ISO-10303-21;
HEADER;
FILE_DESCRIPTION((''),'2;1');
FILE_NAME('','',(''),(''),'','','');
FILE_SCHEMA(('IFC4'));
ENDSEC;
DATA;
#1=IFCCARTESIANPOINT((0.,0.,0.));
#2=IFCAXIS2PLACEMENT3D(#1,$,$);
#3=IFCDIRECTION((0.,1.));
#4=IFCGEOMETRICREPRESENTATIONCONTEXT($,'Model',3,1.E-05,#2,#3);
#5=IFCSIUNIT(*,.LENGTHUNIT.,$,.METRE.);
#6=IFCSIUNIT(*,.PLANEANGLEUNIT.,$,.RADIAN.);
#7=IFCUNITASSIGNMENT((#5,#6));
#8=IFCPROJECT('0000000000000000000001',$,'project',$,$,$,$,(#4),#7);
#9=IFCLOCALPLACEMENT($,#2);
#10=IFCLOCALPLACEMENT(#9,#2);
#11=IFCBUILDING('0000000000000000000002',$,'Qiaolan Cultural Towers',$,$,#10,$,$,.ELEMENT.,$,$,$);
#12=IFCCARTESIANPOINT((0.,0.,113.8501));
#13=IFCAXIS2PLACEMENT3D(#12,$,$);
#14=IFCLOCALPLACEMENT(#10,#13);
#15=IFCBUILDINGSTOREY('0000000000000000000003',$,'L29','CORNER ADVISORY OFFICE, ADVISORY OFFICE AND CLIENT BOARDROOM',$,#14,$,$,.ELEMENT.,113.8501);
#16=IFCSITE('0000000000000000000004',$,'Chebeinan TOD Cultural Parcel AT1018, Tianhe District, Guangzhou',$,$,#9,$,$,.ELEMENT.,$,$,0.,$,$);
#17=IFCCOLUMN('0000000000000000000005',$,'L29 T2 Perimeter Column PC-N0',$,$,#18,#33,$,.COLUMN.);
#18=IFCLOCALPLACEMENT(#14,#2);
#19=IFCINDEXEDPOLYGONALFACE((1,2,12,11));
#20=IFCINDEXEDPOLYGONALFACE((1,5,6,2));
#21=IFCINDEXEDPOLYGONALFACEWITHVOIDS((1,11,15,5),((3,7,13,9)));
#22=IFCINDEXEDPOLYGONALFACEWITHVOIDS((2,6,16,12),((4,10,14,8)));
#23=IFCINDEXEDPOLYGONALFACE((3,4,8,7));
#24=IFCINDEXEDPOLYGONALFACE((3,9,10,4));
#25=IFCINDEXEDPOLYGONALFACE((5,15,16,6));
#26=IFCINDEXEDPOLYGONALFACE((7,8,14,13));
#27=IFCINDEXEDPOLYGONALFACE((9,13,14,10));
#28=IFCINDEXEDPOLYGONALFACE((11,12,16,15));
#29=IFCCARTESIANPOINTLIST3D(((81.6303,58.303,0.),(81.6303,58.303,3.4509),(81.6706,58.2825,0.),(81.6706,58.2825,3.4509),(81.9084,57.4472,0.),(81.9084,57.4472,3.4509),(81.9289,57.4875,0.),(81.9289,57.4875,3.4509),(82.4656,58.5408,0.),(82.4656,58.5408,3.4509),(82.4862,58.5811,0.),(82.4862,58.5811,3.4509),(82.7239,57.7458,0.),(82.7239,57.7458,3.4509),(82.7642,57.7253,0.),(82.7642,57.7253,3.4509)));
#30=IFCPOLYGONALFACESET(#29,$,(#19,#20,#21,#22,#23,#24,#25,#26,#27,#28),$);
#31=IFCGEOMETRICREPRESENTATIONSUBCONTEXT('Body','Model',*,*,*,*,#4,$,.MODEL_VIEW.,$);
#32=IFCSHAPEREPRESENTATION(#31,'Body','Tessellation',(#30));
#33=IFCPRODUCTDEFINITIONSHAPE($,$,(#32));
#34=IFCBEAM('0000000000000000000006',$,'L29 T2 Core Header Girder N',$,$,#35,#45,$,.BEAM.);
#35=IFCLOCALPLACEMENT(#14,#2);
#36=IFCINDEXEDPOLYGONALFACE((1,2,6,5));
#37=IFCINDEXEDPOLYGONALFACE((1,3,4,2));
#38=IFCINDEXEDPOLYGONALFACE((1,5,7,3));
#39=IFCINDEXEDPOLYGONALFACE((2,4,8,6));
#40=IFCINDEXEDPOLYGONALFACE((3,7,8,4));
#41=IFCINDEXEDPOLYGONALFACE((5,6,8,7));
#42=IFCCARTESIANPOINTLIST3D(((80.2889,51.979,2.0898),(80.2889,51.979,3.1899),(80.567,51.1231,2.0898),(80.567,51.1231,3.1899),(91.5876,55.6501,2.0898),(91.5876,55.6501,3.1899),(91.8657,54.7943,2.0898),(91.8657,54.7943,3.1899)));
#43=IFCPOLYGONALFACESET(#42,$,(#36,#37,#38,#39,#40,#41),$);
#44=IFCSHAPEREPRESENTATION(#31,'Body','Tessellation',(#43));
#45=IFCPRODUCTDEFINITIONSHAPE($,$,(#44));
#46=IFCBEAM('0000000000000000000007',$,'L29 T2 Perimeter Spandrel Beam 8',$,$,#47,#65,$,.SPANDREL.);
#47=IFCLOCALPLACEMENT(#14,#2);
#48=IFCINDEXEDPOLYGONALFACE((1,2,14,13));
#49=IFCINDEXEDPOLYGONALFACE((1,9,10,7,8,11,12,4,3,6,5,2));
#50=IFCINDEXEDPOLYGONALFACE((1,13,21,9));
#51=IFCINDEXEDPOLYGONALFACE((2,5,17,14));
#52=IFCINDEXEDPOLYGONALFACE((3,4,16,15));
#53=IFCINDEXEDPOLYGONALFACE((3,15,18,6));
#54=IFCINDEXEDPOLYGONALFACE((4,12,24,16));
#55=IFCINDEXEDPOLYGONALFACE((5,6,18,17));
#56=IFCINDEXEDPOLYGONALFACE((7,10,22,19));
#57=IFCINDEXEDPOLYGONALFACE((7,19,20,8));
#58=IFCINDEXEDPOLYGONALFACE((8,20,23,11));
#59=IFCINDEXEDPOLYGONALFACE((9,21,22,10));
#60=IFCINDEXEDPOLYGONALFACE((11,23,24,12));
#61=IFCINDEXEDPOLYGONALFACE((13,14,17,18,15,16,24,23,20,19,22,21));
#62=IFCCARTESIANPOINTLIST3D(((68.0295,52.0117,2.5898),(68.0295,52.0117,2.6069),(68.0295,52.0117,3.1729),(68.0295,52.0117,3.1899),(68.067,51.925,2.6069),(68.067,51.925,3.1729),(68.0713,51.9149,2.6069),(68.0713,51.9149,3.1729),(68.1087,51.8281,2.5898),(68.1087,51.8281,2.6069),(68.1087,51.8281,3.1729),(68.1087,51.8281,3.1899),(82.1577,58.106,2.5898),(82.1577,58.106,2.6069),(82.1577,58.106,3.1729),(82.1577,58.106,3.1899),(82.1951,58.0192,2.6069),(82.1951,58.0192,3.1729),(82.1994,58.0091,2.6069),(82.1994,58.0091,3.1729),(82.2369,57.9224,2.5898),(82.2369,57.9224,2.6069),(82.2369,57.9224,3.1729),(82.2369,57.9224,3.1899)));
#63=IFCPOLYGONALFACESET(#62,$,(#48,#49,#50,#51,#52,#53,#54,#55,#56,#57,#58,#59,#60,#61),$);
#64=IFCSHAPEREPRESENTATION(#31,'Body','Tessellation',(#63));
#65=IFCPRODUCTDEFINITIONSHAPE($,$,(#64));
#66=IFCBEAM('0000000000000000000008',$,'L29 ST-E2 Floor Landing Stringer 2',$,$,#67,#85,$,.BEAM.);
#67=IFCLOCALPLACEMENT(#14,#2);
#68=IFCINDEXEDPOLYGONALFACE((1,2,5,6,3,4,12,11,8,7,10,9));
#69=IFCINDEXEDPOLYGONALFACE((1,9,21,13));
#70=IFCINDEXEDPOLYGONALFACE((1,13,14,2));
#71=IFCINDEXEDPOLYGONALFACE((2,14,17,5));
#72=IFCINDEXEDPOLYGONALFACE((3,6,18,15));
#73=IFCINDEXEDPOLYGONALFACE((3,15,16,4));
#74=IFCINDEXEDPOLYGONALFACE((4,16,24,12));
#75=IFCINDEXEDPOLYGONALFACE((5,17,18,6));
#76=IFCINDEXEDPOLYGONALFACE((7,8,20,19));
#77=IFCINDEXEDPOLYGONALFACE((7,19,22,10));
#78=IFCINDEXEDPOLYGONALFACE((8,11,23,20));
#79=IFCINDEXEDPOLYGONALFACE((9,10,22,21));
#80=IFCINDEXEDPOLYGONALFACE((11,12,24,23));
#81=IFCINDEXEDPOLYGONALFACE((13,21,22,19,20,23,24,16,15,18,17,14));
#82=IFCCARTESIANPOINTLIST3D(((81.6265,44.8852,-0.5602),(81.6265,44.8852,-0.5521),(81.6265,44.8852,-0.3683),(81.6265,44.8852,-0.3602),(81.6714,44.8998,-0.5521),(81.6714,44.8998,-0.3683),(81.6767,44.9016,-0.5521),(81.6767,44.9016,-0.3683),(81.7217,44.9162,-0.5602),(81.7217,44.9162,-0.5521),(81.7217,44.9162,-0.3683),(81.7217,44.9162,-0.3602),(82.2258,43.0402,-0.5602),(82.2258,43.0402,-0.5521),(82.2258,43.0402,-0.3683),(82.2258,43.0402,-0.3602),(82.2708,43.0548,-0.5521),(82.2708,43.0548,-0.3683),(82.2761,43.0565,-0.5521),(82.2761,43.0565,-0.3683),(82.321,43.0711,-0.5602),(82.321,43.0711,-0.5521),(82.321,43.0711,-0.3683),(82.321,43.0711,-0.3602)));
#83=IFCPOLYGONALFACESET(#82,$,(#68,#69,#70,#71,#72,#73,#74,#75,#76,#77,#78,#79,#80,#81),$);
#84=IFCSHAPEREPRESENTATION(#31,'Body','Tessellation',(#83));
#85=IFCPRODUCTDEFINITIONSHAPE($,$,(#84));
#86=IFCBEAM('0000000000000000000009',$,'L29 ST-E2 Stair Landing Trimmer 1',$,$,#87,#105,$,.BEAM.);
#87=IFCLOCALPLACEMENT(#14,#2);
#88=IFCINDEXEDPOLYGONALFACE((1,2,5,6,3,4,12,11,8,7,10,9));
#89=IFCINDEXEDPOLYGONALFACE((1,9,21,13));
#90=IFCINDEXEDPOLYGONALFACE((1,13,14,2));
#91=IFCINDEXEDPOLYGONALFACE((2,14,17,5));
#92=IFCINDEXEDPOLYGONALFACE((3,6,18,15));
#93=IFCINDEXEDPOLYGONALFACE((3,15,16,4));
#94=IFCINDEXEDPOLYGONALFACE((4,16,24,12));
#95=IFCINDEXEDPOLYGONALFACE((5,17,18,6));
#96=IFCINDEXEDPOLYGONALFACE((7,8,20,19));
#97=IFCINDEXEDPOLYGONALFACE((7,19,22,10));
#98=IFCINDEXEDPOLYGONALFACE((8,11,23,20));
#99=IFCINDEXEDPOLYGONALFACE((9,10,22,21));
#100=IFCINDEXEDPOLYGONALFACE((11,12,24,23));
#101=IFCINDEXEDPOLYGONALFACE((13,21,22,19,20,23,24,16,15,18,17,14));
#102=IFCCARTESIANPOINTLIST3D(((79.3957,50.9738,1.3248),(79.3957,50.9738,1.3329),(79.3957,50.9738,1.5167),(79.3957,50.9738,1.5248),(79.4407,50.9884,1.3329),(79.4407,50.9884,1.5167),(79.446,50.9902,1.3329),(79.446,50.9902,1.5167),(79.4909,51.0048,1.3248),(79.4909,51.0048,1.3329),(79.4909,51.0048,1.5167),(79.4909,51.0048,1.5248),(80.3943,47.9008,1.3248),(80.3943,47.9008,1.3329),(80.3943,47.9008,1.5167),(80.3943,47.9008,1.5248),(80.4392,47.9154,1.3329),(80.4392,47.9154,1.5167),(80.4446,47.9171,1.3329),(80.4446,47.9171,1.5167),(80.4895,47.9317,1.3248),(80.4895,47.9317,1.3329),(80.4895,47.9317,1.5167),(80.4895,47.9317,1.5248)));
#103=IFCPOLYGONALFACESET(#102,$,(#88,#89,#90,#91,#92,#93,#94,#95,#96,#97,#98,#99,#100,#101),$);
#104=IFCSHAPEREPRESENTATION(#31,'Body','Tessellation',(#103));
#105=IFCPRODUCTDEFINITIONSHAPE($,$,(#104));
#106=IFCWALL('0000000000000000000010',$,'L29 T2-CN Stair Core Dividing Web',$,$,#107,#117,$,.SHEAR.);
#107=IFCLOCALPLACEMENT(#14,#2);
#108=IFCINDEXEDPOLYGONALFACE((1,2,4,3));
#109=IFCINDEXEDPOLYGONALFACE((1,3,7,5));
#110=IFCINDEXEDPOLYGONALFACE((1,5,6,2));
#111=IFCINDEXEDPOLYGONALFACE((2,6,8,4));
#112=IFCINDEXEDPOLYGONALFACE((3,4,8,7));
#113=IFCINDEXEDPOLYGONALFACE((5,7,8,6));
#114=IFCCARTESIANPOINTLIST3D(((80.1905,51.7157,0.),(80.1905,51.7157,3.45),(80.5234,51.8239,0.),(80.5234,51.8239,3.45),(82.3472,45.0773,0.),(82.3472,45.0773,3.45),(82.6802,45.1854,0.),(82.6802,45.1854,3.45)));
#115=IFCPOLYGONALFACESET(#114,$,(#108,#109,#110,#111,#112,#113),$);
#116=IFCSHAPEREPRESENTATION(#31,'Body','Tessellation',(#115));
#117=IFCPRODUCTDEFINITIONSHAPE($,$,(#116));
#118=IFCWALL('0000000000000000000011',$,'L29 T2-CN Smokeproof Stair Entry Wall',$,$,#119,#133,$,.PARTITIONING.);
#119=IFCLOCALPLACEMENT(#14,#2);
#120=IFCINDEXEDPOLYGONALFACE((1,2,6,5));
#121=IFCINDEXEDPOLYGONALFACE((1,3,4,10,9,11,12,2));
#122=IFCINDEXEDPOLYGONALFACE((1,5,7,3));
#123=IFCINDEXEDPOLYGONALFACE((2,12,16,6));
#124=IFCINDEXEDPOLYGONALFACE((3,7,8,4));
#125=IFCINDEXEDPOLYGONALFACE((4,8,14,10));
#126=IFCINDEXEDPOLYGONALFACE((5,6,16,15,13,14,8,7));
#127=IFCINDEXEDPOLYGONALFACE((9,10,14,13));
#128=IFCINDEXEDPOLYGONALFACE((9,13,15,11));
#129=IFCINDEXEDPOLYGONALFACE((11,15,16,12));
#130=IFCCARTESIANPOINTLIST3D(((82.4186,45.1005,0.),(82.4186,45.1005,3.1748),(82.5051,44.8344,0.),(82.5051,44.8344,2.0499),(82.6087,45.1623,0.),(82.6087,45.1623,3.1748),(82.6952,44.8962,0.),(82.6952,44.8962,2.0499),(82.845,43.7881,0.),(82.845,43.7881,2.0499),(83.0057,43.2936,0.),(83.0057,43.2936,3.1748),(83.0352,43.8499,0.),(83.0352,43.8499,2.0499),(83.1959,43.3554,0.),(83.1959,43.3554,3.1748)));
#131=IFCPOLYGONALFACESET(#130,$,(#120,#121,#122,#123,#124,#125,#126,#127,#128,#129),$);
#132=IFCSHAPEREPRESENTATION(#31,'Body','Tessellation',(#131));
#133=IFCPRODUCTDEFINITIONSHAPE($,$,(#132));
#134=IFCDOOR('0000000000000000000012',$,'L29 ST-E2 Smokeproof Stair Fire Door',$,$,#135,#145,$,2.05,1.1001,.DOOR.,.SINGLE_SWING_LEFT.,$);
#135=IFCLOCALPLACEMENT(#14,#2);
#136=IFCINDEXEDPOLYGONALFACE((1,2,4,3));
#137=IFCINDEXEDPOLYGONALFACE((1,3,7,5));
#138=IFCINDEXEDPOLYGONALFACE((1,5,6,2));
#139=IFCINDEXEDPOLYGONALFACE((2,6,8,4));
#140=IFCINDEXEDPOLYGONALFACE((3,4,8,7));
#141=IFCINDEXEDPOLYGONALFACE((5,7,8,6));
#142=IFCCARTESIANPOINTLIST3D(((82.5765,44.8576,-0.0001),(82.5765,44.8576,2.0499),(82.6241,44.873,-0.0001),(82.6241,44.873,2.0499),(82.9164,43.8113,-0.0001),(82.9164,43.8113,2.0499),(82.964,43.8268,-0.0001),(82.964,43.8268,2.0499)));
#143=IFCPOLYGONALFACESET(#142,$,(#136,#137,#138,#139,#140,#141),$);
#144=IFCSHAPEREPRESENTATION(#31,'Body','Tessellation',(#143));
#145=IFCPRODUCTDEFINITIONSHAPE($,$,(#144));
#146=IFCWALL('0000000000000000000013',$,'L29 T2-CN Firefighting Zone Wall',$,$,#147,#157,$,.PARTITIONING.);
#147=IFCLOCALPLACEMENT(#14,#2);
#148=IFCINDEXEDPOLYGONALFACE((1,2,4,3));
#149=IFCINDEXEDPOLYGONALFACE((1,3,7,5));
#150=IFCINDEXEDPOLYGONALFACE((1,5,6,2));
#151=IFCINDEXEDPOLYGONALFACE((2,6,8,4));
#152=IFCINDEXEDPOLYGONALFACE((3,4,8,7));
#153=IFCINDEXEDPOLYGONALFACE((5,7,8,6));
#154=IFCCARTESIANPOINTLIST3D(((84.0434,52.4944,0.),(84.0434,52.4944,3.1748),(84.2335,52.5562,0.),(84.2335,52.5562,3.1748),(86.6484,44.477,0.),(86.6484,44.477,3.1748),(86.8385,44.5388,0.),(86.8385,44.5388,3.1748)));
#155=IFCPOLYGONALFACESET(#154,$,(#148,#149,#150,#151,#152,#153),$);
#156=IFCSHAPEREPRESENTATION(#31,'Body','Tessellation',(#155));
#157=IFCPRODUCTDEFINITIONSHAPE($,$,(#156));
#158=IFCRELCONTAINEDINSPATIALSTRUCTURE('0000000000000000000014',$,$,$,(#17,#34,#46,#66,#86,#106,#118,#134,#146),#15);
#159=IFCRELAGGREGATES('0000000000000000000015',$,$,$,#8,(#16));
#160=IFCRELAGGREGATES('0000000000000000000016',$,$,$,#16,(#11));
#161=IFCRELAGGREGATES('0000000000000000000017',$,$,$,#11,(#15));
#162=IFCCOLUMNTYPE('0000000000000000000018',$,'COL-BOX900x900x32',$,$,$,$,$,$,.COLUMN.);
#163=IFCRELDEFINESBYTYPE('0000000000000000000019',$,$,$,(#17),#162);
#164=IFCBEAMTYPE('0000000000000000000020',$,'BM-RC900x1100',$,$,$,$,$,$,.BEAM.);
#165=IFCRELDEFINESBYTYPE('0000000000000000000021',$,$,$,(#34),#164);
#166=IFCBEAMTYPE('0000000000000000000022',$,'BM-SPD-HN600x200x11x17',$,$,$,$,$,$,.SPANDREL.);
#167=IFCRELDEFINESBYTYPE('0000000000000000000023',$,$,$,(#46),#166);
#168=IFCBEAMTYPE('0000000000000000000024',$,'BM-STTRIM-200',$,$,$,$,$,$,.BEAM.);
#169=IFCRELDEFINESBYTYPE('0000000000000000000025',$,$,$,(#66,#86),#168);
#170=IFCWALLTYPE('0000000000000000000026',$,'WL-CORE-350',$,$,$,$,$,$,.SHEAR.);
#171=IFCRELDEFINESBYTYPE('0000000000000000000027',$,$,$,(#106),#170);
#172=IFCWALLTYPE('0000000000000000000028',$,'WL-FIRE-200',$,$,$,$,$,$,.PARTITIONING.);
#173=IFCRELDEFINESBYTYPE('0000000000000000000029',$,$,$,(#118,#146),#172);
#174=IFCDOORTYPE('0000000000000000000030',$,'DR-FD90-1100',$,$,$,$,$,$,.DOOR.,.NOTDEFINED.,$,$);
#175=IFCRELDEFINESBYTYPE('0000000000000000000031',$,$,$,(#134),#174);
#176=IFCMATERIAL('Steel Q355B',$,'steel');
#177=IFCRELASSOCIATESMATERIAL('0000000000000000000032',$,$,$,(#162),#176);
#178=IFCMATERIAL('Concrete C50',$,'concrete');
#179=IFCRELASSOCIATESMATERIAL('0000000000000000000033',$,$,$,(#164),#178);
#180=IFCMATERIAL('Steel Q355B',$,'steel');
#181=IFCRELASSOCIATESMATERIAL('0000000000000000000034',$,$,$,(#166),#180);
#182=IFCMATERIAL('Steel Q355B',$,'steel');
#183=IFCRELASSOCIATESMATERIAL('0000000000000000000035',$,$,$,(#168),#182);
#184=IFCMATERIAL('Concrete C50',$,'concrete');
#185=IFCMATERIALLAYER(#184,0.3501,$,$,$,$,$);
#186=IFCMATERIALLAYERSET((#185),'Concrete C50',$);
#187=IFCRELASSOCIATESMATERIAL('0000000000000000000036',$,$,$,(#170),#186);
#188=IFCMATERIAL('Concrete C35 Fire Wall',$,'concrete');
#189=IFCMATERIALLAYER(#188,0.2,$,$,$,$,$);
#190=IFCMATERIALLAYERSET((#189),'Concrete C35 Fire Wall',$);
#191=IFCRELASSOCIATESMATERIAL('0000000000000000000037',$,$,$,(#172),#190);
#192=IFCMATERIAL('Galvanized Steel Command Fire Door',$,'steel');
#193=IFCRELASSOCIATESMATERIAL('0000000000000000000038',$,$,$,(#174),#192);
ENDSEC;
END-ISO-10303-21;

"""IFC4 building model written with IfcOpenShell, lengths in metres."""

from ifc_helpers import new_model, si_unit, direction, frame, frame_2d, origin, origin_2d, place, context, subcontext, project, spatial, rectangle, hollow_rectangle, i_section, extrude, material, layer, layer_set, material_profile, profile_set, type_object, element, fill, save


model = new_model("IFC4")

# Units and contexts
model_context = context("Model", 3, precision=1e-05, world=origin(), true_north=direction((0.0, 1.0)))
body_context = subcontext(model_context, "Body", "Model", "MODEL_VIEW")
ifc_project = project(units=[si_unit("LENGTHUNIT", "METRE"), si_unit("PLANEANGLEUNIT", "RADIAN")], contexts=[model_context])

# Site, building, storey
site_placement = place(None, origin())
site = spatial("IfcSite", under=ifc_project, at=site_placement, Name="Chebeinan TOD Cultural Parcel AT1018, Tianhe District, Guangzhou", CompositionType="ELEMENT", RefElevation=0.0)
building_placement = place(site_placement, origin())
building = spatial("IfcBuilding", under=site, at=building_placement, Name="Qiaolan Cultural Towers", CompositionType="ELEMENT")
storey_placement = place(building_placement, frame((0.0, 0.0, 113.8501)))
storey = spatial("IfcBuildingStorey", under=building, at=storey_placement, Name="L29", Description="CORNER ADVISORY OFFICE, ADVISORY OFFICE AND CLIENT BOARDROOM", CompositionType="ELEMENT", Elevation=113.8501)

# Column
ifc_material_1 = material(Name="Steel Q355B", Category="steel")
ifc_material_profile_1 = material_profile(ifc_material_1, hollow_rectangle(XDim=0.8999, YDim=0.8999, WallThickness=0.032, at=origin_2d()), Name="BOX900x900x32")
ifc_profile_set_1 = profile_set([ifc_material_profile_1], Name="Steel Q355B")
column_type = type_object("IfcColumnType", Name="COL-BOX900x900x32", PredefinedType="COLUMN", material=ifc_profile_set_1)
column_placement = place(storey_placement, frame((82.1973, 58.0142, 0.0), z_axis=(0.0, 0.0, 1.0), x_axis=(0.951057, 0.309017, 0.0)))
element("IfcColumn", 1, at=column_placement, inside=storey, type_object=column_type, Name="L29 T2 Perimeter Column PC-N0", PredefinedType="COLUMN", context=body_context, shape_type="SweptSolid", body=[
    extrude(hollow_rectangle(XDim=0.8999, YDim=0.8999, WallThickness=0.032, at=origin_2d()), origin(), (0.0, 0.0, 1.0), 3.4509),
])

# Beams
ifc_material_2 = material(Name="Concrete C50", Category="concrete")
ifc_material_profile_2 = material_profile(ifc_material_2, rectangle(XDim=0.8999, YDim=1.1001, at=origin_2d()), Name="RC900x1100")
ifc_profile_set_2 = profile_set([ifc_material_profile_2], Name="Concrete C50")
beam_type_1 = type_object("IfcBeamType", Name="BM-RC900x1100", PredefinedType="BEAM", material=ifc_profile_set_2)
beam_1_placement = place(storey_placement, frame((80.428, 51.551, 2.6399), z_axis=(0.951056, 0.309018, 0.0), x_axis=(-0.309018, 0.951056, 0.0)))
element("IfcBeam", 2, at=beam_1_placement, inside=storey, type_object=beam_type_1, Name="L29 T2 Core Header Girder N", PredefinedType="BEAM", context=body_context, shape_type="SweptSolid", body=[
    extrude(rectangle(XDim=0.8999, YDim=1.1001, at=origin_2d()), origin(), (0.0, 0.0, 1.0), 11.8801),
])
ifc_material_3 = material(Name="Steel Q355B", Category="steel")
ifc_material_profile_3 = material_profile(ifc_material_3, i_section(OverallWidth=0.2, OverallDepth=0.6001, WebThickness=0.011, FlangeThickness=0.0171, at=origin_2d()), Name="HN600x200x11x17")
ifc_profile_set_3 = profile_set([ifc_material_profile_3], Name="Steel Q355B")
beam_type_2 = type_object("IfcBeamType", Name="BM-SPD-HN600x200x11x17", PredefinedType="SPANDREL", material=ifc_profile_set_3)
beam_2_placement = place(storey_placement, frame((82.1973, 58.0142, 2.8899), z_axis=(-0.918218, -0.396076, 0.0), x_axis=(0.396076, -0.918218, 0.0)))
element("IfcBeam", 3, at=beam_2_placement, inside=storey, type_object=beam_type_2, Name="L29 T2 Perimeter Spandrel Beam 8", PredefinedType="SPANDREL", context=body_context, shape_type="SweptSolid", body=[
    extrude(i_section(OverallWidth=0.2, OverallDepth=0.6001, WebThickness=0.011, FlangeThickness=0.0171, at=origin_2d()), origin(), (0.0, 0.0, 1.0), 15.3865),
])
ifc_material_4 = material(Name="Steel Q355B", Category="steel")
ifc_material_profile_4 = material_profile(ifc_material_4, i_section(OverallWidth=0.1001, OverallDepth=0.2, WebThickness=0.0056, FlangeThickness=0.0081, at=origin_2d()), Name="HN200x100x5.5x8")
ifc_profile_set_4 = profile_set([ifc_material_profile_4], Name="Steel Q355B")
beam_type_3 = type_object("IfcBeamType", Name="BM-STTRIM-200", PredefinedType="BEAM", material=ifc_profile_set_4)
beam_3_placement = place(storey_placement, frame((82.2734, 43.0557, -0.4602), z_axis=(-0.308969, 0.951072, 0.0), x_axis=(-0.951072, -0.308969, 0.0)))
element("IfcBeam", 4, at=beam_3_placement, inside=storey, type_object=beam_type_3, Name="L29 ST-E2 Floor Landing Stringer 2", PredefinedType="BEAM", context=body_context, shape_type="SweptSolid", body=[
    extrude(i_section(OverallWidth=0.1001, OverallDepth=0.2, WebThickness=0.0056, FlangeThickness=0.0081, at=origin_2d()), origin(), (0.0, 0.0, 1.0), 1.9399),
])
beam_4_placement = place(storey_placement, frame((80.4419, 47.9163, 1.4248), z_axis=(-0.309033, 0.951051, 0.0), x_axis=(-0.951051, -0.309033, 0.0)))
element("IfcBeam", 5, at=beam_4_placement, inside=storey, type_object=beam_type_3, Name="L29 ST-E2 Stair Landing Trimmer 1", PredefinedType="BEAM", context=body_context, shape_type="SweptSolid", body=[
    extrude(i_section(OverallWidth=0.1001, OverallDepth=0.2, WebThickness=0.0056, FlangeThickness=0.0081, at=origin_2d()), origin(), (0.0, 0.0, 1.0), 3.2312),
])

# Wall
ifc_material_5 = material(Name="Concrete C50", Category="concrete")
ifc_layer_1 = layer(ifc_material_5, 0.3501)
ifc_layer_set_1 = layer_set([ifc_layer_1], Name="Concrete C50")
wall_type_1 = type_object("IfcWallType", Name="WL-CORE-350", PredefinedType="SHEAR", material=ifc_layer_set_1)
wall_1_placement = place(storey_placement, frame((82.5137, 45.1313, 0.0), z_axis=(0.0, 0.0, 1.0), x_axis=(-0.308989, 0.951066, 0.0)))
element("IfcWall", 6, at=wall_1_placement, inside=storey, type_object=wall_type_1, Name="L29 T2-CN Stair Core Dividing Web", PredefinedType="SHEAR", context=body_context, shape_type="SweptSolid", body=[
    extrude(rectangle(XDim=6.98, YDim=0.3501, at=frame_2d((3.49, 0.0))), origin(), (0.0, 0.0, 1.0), 3.45),
])

# Wall, opening, door
ifc_material_6 = material(Name="Concrete C35 Fire Wall", Category="concrete")
ifc_layer_2 = layer(ifc_material_6, 0.2)
ifc_layer_set_2 = layer_set([ifc_layer_2], Name="Concrete C35 Fire Wall")
wall_type_2 = type_object("IfcWallType", Name="WL-FIRE-200", PredefinedType="PARTITIONING", material=ifc_layer_set_2)
wall_2_placement = place(storey_placement, frame((83.1008, 43.3245, 0.0), z_axis=(0.0, 0.0, 1.0), x_axis=(-0.309048, 0.951046, 0.0)))
wall_2 = element("IfcWall", 7, at=wall_2_placement, inside=storey, type_object=wall_type_2, Name="L29 T2-CN Smokeproof Stair Entry Wall", PredefinedType="PARTITIONING", context=body_context, shape_type="SweptSolid", body=[
    extrude(rectangle(XDim=1.8999, YDim=0.2, at=frame_2d((0.95, 0.0))), origin(), (0.0, 0.0, 1.0), 3.1748),
])
opening_1_placement = place(wall_2_placement, frame((0.52, 0.0, 0.0)))
opening_1 = element("IfcOpeningElement", 8, at=opening_1_placement, cuts=wall_2, PredefinedType="OPENING", context=body_context, shape_type="SweptSolid", body=[
    extrude(rectangle(XDim=1.1001, YDim=2.05, at=frame_2d((0.55, 1.0249))), frame((0.0, 0.1099, 0.0), z_axis=(0.0, -1.0, 0.0), x_axis=(1.0, 0.0, 0.0)), (0.0, 0.0, 1.0), 0.22),
])
ifc_material_7 = material(Name="Galvanized Steel Command Fire Door", Category="steel")
door_type_1 = type_object("IfcDoorType", Name="DR-FD90-1100", OperationType="NOTDEFINED", PredefinedType="DOOR", material=ifc_material_7)
door_1_placement = place(opening_1_placement, origin())
door_1 = element("IfcDoor", 9, at=door_1_placement, inside=storey, type_object=door_type_1, Name="L29 ST-E2 Smokeproof Stair Fire Door", OperationType="SINGLE_SWING_LEFT", OverallHeight=2.05, OverallWidth=1.1001, PredefinedType="DOOR", context=body_context, shape_type="SweptSolid", body=[
    extrude(rectangle(XDim=1.1001, YDim=2.05, at=frame_2d((0.55, 1.0249))), frame((0.0, 0.0249, 0.0), z_axis=(0.0, -1.0, 0.0), x_axis=(1.0, 0.0, 0.0)), (0.0, 0.0, 1.0), 0.05),
])
fill(opening_1, door_1)

# Wall
wall_3_placement = place(storey_placement, frame((86.7434, 44.5081, 0.0), z_axis=(0.0, 0.0, 1.0), x_axis=(-0.309016, 0.951057, 0.0)))
element("IfcWall", 10, at=wall_3_placement, inside=storey, type_object=wall_type_2, Name="L29 T2-CN Firefighting Zone Wall", PredefinedType="PARTITIONING", context=body_context, shape_type="SweptSolid", body=[
    extrude(rectangle(XDim=8.4299, YDim=0.2, at=frame_2d((4.2148, 0.0))), origin(), (0.0, 0.0, 1.0), 3.1748),
])

save(model, "model.ifc")
